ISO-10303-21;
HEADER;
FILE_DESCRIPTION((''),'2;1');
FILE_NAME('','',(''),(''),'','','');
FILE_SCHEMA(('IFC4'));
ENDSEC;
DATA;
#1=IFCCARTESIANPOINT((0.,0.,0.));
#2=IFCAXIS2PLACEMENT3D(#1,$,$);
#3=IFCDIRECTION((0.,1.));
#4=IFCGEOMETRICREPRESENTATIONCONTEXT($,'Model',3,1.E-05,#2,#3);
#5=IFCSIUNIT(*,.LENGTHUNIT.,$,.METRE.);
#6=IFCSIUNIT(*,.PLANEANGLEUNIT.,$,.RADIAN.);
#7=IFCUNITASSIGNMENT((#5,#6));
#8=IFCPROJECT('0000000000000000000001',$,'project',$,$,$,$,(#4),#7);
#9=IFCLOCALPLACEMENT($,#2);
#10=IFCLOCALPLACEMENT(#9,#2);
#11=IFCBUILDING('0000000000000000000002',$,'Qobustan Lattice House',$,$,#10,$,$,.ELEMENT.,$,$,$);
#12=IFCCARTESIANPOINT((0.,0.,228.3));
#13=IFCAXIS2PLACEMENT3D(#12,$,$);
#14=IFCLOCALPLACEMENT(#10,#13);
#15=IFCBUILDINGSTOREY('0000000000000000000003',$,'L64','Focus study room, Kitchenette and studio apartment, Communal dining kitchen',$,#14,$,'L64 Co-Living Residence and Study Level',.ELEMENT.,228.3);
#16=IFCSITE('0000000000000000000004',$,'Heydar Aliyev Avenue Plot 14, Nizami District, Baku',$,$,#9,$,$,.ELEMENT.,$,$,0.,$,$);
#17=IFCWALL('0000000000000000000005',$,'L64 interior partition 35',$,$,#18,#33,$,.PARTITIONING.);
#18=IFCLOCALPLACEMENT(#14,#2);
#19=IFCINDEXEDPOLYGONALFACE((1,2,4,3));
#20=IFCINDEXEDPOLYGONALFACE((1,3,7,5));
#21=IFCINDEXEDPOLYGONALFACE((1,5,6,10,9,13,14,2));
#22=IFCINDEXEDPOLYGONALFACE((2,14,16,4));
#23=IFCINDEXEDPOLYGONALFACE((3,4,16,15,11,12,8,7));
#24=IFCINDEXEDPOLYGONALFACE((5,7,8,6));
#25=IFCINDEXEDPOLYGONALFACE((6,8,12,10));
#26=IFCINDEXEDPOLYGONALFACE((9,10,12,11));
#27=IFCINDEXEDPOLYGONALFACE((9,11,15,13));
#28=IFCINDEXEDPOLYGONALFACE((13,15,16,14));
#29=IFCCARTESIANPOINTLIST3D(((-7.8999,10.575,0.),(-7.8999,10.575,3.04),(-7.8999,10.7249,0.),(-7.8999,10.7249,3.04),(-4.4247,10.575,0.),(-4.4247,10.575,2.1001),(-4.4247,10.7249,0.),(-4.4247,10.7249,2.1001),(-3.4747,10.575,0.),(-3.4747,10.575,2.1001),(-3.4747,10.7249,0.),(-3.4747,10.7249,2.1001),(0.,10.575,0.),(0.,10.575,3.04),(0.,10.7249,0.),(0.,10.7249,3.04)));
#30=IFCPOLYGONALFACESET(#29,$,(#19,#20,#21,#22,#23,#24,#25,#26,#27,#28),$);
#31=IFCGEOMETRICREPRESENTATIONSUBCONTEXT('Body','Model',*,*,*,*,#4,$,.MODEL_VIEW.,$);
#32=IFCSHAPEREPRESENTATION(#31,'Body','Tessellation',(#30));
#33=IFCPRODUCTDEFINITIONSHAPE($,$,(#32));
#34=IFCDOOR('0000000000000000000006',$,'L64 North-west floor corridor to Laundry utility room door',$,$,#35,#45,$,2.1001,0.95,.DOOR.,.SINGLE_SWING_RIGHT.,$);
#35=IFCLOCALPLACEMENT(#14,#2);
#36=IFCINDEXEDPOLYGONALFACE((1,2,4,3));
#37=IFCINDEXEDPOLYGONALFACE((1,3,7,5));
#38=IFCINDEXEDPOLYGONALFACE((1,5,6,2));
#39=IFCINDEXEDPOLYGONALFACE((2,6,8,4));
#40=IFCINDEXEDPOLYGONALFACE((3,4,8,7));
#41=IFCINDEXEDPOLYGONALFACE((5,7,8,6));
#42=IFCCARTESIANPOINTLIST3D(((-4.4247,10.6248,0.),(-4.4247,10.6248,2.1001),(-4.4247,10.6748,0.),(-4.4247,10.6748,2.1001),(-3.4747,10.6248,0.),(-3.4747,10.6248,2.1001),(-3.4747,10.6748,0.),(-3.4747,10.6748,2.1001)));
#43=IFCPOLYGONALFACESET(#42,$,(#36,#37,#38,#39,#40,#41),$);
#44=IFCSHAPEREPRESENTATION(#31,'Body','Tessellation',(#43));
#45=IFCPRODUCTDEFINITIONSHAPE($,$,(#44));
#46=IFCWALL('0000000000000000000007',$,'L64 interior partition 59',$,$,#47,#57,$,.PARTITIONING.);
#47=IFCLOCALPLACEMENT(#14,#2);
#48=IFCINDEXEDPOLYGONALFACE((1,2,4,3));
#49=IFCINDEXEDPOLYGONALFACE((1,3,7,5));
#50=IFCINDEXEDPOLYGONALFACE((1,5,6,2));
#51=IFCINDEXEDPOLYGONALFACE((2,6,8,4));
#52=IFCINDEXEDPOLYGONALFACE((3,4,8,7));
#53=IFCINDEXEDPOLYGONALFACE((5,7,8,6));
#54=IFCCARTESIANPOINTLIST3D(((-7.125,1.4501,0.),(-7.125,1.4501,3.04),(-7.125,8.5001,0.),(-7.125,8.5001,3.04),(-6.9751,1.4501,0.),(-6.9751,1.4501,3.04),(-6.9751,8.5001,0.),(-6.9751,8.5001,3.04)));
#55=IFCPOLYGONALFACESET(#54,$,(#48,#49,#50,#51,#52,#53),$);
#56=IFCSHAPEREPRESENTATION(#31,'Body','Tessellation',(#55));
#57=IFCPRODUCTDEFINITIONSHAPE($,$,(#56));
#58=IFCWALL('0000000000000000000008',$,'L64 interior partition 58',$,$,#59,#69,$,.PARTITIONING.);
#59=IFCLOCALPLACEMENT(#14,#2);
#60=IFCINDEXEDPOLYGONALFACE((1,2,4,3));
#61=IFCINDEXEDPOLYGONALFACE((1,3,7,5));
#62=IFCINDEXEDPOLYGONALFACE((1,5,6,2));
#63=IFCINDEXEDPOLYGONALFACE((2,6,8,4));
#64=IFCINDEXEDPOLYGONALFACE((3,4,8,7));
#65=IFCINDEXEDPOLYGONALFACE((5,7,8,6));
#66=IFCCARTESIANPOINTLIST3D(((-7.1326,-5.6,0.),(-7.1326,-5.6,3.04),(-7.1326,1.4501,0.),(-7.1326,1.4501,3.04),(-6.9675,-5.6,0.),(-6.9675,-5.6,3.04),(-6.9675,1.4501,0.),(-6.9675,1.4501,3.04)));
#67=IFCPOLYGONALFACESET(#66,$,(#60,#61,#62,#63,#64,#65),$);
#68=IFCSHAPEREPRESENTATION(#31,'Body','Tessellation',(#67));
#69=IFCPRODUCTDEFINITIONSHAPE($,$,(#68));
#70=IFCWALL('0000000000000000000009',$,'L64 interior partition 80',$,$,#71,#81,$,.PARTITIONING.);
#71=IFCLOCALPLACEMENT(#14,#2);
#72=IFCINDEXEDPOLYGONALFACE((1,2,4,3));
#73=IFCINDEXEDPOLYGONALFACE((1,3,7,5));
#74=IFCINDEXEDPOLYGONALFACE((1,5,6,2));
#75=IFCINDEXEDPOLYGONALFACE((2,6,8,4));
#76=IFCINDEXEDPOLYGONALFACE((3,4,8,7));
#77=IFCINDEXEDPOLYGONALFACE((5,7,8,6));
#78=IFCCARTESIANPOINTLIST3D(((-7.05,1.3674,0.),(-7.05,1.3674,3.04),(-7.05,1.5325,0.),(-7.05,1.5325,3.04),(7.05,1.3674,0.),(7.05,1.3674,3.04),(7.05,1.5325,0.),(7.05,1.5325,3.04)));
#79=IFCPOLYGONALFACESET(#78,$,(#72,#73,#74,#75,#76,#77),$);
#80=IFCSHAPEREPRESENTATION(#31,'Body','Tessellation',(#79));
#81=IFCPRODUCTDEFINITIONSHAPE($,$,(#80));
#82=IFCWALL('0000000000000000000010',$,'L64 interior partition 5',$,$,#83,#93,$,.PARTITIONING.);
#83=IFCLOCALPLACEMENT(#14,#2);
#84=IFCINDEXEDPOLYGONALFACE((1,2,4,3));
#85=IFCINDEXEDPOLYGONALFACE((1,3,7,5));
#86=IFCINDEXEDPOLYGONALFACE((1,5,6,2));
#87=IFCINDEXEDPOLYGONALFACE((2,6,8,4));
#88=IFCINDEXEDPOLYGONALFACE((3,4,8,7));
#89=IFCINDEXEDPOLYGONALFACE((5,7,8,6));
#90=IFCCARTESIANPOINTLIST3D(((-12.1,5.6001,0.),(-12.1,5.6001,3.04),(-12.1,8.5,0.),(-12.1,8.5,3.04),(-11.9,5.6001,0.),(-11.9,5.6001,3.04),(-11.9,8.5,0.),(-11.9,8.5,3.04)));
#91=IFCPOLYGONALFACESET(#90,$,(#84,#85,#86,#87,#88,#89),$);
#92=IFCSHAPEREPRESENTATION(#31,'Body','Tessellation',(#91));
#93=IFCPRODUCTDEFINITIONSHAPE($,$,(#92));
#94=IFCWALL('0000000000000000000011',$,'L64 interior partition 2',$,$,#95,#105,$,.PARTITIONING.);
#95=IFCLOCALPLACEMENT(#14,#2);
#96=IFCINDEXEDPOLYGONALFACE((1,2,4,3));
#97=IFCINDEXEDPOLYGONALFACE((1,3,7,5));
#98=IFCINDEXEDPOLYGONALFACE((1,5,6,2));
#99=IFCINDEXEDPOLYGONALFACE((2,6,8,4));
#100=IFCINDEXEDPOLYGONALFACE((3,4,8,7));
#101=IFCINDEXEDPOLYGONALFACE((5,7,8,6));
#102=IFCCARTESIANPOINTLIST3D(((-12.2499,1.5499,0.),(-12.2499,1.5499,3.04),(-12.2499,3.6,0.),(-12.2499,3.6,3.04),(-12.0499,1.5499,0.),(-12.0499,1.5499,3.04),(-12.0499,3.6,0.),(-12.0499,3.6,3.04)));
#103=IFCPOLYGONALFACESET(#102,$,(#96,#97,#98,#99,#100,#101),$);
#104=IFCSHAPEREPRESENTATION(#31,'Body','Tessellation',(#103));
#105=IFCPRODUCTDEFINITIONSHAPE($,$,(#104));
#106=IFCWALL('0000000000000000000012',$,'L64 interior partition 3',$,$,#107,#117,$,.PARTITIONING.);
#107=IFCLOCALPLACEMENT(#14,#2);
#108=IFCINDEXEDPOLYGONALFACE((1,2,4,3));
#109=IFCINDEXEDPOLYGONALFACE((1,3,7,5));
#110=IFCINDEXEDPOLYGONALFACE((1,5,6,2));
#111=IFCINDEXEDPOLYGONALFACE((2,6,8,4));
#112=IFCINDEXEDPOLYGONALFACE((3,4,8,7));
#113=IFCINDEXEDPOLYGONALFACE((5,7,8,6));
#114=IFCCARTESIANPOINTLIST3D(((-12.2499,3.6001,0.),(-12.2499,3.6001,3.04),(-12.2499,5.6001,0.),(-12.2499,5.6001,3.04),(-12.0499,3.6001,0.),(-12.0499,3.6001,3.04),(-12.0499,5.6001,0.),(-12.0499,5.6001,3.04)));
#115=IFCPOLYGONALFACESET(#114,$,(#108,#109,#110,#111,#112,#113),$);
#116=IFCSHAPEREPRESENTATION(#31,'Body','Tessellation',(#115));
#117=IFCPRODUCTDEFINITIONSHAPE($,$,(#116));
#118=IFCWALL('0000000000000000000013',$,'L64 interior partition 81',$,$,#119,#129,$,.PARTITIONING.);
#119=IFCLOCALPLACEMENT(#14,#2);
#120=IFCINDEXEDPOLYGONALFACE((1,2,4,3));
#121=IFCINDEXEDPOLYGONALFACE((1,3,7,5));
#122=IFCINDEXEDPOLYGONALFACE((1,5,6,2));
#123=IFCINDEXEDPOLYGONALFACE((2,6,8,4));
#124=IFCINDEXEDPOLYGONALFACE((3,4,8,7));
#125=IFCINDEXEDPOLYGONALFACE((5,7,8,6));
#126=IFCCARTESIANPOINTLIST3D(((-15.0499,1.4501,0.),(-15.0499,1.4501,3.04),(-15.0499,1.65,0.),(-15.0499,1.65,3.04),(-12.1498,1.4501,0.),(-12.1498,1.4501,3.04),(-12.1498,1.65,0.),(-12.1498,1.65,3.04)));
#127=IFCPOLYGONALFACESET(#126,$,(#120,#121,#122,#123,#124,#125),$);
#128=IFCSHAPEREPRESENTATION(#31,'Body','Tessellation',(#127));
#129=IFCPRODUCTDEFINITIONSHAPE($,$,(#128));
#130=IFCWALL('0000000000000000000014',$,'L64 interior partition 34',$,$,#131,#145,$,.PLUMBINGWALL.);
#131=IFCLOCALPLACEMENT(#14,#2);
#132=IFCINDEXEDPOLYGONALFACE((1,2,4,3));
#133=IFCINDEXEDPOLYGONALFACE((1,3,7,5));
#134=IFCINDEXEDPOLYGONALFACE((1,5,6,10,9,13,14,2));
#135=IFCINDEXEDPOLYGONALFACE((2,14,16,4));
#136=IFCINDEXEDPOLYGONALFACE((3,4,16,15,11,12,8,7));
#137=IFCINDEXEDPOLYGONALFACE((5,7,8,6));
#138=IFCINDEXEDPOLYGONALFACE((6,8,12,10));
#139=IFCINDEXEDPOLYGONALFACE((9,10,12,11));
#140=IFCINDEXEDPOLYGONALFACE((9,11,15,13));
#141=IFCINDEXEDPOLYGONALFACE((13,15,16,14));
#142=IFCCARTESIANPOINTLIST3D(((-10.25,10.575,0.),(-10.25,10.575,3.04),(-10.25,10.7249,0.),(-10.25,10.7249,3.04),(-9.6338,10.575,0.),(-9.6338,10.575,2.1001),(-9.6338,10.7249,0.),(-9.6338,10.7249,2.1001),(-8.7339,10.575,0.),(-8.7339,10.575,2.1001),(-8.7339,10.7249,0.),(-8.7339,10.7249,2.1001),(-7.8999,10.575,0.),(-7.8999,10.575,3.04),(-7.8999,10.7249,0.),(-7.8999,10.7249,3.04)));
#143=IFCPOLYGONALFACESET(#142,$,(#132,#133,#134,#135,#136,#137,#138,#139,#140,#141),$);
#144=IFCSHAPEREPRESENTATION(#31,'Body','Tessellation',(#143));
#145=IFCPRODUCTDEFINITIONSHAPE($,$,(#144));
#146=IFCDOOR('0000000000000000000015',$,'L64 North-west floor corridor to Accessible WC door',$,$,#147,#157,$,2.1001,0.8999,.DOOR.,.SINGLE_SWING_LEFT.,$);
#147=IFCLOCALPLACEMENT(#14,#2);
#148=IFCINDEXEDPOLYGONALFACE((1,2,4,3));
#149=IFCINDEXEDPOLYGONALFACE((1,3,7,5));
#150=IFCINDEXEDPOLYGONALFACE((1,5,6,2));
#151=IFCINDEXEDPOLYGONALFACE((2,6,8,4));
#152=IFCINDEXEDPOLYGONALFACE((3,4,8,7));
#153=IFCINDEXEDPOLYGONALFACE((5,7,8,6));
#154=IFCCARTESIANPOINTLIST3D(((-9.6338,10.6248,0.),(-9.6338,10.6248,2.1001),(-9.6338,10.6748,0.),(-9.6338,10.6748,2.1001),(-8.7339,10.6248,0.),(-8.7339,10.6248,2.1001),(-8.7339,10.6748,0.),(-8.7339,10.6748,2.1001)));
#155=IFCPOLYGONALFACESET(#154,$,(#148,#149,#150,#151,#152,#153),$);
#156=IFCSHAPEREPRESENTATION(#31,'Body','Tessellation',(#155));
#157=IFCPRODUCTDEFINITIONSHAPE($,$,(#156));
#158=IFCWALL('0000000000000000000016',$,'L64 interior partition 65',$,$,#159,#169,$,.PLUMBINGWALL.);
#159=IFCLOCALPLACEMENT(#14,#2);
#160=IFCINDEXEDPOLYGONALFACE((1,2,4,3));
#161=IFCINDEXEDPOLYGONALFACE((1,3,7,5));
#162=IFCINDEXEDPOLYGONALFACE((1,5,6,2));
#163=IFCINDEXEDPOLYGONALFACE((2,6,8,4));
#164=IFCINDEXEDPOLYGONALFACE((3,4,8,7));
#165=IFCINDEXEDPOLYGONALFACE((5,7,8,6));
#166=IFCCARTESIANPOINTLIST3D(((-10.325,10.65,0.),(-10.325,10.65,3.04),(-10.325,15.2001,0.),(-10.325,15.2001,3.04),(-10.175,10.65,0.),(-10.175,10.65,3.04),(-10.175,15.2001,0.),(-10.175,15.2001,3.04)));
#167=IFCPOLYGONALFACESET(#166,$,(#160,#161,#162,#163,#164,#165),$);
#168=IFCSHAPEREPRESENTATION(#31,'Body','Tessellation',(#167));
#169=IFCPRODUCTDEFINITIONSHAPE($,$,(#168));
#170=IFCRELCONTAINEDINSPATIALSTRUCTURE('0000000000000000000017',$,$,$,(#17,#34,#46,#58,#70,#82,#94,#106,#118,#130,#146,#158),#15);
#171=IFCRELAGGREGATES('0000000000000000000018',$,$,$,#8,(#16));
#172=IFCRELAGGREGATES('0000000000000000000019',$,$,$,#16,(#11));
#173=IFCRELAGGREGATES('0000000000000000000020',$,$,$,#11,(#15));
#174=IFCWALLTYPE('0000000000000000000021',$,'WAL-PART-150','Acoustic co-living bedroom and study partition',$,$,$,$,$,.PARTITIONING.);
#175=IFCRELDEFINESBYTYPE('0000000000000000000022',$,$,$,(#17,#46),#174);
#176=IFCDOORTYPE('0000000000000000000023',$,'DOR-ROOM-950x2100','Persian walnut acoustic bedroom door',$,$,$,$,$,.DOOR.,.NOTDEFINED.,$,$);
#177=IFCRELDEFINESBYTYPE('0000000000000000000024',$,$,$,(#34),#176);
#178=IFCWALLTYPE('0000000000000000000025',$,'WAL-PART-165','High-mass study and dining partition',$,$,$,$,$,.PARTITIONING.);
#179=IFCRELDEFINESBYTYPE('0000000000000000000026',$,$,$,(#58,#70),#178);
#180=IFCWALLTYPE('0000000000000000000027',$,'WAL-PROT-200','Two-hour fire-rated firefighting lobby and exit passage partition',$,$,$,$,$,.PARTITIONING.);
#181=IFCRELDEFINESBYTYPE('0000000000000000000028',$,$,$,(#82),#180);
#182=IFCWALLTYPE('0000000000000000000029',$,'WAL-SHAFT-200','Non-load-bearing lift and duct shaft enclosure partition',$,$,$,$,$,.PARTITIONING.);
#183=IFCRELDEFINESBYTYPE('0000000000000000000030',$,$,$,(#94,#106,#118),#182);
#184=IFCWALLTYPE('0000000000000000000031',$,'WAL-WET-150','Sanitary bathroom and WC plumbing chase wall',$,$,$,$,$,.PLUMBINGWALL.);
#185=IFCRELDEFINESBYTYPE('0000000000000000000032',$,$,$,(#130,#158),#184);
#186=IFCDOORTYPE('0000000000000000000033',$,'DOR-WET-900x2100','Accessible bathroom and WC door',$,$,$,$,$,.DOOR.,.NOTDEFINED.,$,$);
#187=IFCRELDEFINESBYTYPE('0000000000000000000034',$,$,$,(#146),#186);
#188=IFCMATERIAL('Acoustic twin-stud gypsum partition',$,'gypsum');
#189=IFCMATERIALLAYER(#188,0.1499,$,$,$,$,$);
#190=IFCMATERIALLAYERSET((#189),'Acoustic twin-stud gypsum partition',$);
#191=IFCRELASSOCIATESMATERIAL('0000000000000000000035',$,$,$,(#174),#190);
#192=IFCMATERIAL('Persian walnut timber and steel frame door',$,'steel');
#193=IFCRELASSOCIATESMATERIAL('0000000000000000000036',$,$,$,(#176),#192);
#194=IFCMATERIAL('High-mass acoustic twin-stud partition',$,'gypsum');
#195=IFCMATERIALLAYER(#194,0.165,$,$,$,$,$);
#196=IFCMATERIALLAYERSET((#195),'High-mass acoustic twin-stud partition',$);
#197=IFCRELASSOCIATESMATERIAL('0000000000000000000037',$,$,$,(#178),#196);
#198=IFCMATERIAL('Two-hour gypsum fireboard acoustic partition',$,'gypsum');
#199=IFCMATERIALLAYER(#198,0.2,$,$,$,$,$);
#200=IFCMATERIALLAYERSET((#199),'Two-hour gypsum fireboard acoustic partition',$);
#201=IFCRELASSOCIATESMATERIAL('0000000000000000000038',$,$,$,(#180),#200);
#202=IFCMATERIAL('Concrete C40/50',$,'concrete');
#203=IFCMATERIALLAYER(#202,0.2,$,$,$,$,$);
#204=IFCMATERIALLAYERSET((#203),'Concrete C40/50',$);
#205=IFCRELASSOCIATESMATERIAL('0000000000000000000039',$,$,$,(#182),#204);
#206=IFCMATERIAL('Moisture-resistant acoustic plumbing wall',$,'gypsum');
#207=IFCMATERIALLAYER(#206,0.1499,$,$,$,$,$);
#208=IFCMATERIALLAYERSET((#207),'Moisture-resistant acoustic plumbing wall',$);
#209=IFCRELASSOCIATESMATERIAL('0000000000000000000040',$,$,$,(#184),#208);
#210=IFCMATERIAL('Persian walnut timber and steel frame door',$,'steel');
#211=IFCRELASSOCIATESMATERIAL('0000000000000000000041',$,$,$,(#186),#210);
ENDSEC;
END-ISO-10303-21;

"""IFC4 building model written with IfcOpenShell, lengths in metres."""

from ifc_helpers import new_model, si_unit, direction, frame, frame_2d, origin, place, context, subcontext, project, spatial, rectangle, extrude, material, layer, layer_set, type_object, element, fill, save


model = new_model("IFC4")

# Units and contexts
model_context = context("Model", 3, precision=1e-05, world=origin(), true_north=direction((0.0, 1.0)))
body_context = subcontext(model_context, "Body", "Model", "MODEL_VIEW")
ifc_project = project(units=[si_unit("LENGTHUNIT", "METRE"), si_unit("PLANEANGLEUNIT", "RADIAN")], contexts=[model_context])

# Site, building, storey
site_placement = place(None, origin())
site = spatial("IfcSite", under=ifc_project, at=site_placement, Name="Heydar Aliyev Avenue Plot 14, Nizami District, Baku", CompositionType="ELEMENT", RefElevation=0.0)
building_placement = place(site_placement, origin())
building = spatial("IfcBuilding", under=site, at=building_placement, Name="Qobustan Lattice House", CompositionType="ELEMENT")
storey_placement = place(building_placement, frame((0.0, 0.0, 228.3)))
storey = spatial("IfcBuildingStorey", under=building, at=storey_placement, Name="L64", Description="Focus study room, Kitchenette and studio apartment, Communal dining kitchen", LongName="L64 Co-Living Residence and Study Level", CompositionType="ELEMENT", Elevation=228.3)

# Wall, opening, door
ifc_material_1 = material(Name="Acoustic twin-stud gypsum partition", Category="gypsum")
ifc_layer_1 = layer(ifc_material_1, 0.1499)
ifc_layer_set_1 = layer_set([ifc_layer_1], Name="Acoustic twin-stud gypsum partition")
wall_type_1 = type_object("IfcWallType", Name="WAL-PART-150", Description="Acoustic co-living bedroom and study partition", PredefinedType="PARTITIONING", material=ifc_layer_set_1)
wall_1_placement = place(storey_placement, frame((-7.8999, 10.6499, 0.0), z_axis=(0.0, 0.0, 1.0), x_axis=(1.0, 0.0, 0.0)))
wall_1 = element("IfcWall", 1, at=wall_1_placement, inside=storey, type_object=wall_type_1, Name="L64 interior partition 35", PredefinedType="PARTITIONING", context=body_context, shape_type="SweptSolid", body=[
    extrude(rectangle(XDim=7.8999, YDim=0.1499, at=frame_2d((3.95, 0.0))), origin(), (0.0, 0.0, 1.0), 3.04),
])
opening_1_placement = place(wall_1_placement, frame((3.4751, 0.0, 0.0)))
opening_1 = element("IfcOpeningElement", 2, at=opening_1_placement, cuts=wall_1, PredefinedType="OPENING", context=body_context, shape_type="SweptSolid", body=[
    extrude(rectangle(XDim=0.95, YDim=2.1001, at=frame_2d((0.4751, 1.05))), frame((0.0, 0.085, 0.0), z_axis=(0.0, -1.0, 0.0), x_axis=(1.0, 0.0, 0.0)), (0.0, 0.0, 1.0), 0.1699),
])
ifc_material_2 = material(Name="Persian walnut timber and steel frame door", Category="steel")
door_type_1 = type_object("IfcDoorType", Name="DOR-ROOM-950x2100", Description="Persian walnut acoustic bedroom door", OperationType="NOTDEFINED", PredefinedType="DOOR", material=ifc_material_2)
door_1_placement = place(opening_1_placement, origin())
door_1 = element("IfcDoor", 3, at=door_1_placement, inside=storey, type_object=door_type_1, Name="L64 North-west floor corridor to Laundry utility room door", OperationType="SINGLE_SWING_RIGHT", OverallHeight=2.1001, OverallWidth=0.95, PredefinedType="DOOR", context=body_context, shape_type="SweptSolid", body=[
    extrude(rectangle(XDim=0.95, YDim=2.1001, at=frame_2d((0.4751, 1.05))), frame((0.0, 0.0249, 0.0), z_axis=(0.0, -1.0, 0.0), x_axis=(1.0, 0.0, 0.0)), (0.0, 0.0, 1.0), 0.05),
])
fill(opening_1, door_1)

# Walls
wall_2_placement = place(storey_placement, frame((-7.05, 8.5, 0.0), z_axis=(0.0, 0.0, 1.0), x_axis=(0.0, -1.0, 0.0)))
element("IfcWall", 4, at=wall_2_placement, inside=storey, type_object=wall_type_1, Name="L64 interior partition 59", PredefinedType="PARTITIONING", context=body_context, shape_type="SweptSolid", body=[
    extrude(rectangle(XDim=7.05, YDim=0.1499, at=frame_2d((3.5249, 0.0))), origin(), (0.0, 0.0, 1.0), 3.04),
])
ifc_material_3 = material(Name="High-mass acoustic twin-stud partition", Category="gypsum")
ifc_layer_2 = layer(ifc_material_3, 0.165)
ifc_layer_set_2 = layer_set([ifc_layer_2], Name="High-mass acoustic twin-stud partition")
wall_type_2 = type_object("IfcWallType", Name="WAL-PART-165", Description="High-mass study and dining partition", PredefinedType="PARTITIONING", material=ifc_layer_set_2)
wall_3_placement = place(storey_placement, frame((-7.05, 1.45, 0.0), z_axis=(0.0, 0.0, 1.0), x_axis=(0.0, -1.0, 0.0)))
element("IfcWall", 5, at=wall_3_placement, inside=storey, type_object=wall_type_2, Name="L64 interior partition 58", PredefinedType="PARTITIONING", context=body_context, shape_type="SweptSolid", body=[
    extrude(rectangle(XDim=7.05, YDim=0.165, at=frame_2d((3.5249, 0.0))), origin(), (0.0, 0.0, 1.0), 3.04),
])
wall_4_placement = place(storey_placement, frame((-7.05, 1.45, 0.0), z_axis=(0.0, 0.0, 1.0), x_axis=(1.0, 0.0, 0.0)))
element("IfcWall", 6, at=wall_4_placement, inside=storey, type_object=wall_type_2, Name="L64 interior partition 80", PredefinedType="PARTITIONING", context=body_context, shape_type="SweptSolid", body=[
    extrude(rectangle(XDim=14.1001, YDim=0.165, at=frame_2d((7.05, 0.0))), origin(), (0.0, 0.0, 1.0), 3.04),
])

# Shared definitions
ifc_material_4 = material(Name="Two-hour gypsum fireboard acoustic partition", Category="gypsum")
ifc_layer_3 = layer(ifc_material_4, 0.2)
ifc_layer_set_3 = layer_set([ifc_layer_3], Name="Two-hour gypsum fireboard acoustic partition")
wall_type_3 = type_object("IfcWallType", Name="WAL-PROT-200", Description="Two-hour fire-rated firefighting lobby and exit passage partition", PredefinedType="PARTITIONING", material=ifc_layer_set_3)

# Walls
wall_5_placement = place(storey_placement, frame((-12.0, 5.6001, 0.0), z_axis=(0.0, 0.0, 1.0), x_axis=(0.0, 1.0, 0.0)))
element("IfcWall", 7, at=wall_5_placement, inside=storey, type_object=wall_type_3, Name="L64 interior partition 5", PredefinedType="PARTITIONING", context=body_context, shape_type="SweptSolid", body=[
    extrude(rectangle(XDim=2.8999, YDim=0.2, at=frame_2d((1.45, 0.0))), origin(), (0.0, 0.0, 1.0), 3.04),
])
ifc_material_5 = material(Name="Concrete C40/50", Category="concrete")
ifc_layer_4 = layer(ifc_material_5, 0.2)
ifc_layer_set_4 = layer_set([ifc_layer_4], Name="Concrete C40/50")
wall_type_4 = type_object("IfcWallType", Name="WAL-SHAFT-200", Description="Non-load-bearing lift and duct shaft enclosure partition", PredefinedType="PARTITIONING", material=ifc_layer_set_4)
wall_6_placement = place(storey_placement, frame((-12.1499, 1.55, 0.0), z_axis=(0.0, 0.0, 1.0), x_axis=(0.0, 1.0, 0.0)))
element("IfcWall", 8, at=wall_6_placement, inside=storey, type_object=wall_type_4, Name="L64 interior partition 2", PredefinedType="PARTITIONING", context=body_context, shape_type="SweptSolid", body=[
    extrude(rectangle(XDim=2.05, YDim=0.2, at=frame_2d((1.0249, 0.0))), origin(), (0.0, 0.0, 1.0), 3.04),
])
wall_7_placement = place(storey_placement, frame((-12.1499, 3.6001, 0.0), z_axis=(0.0, 0.0, 1.0), x_axis=(0.0, 1.0, 0.0)))
element("IfcWall", 9, at=wall_7_placement, inside=storey, type_object=wall_type_4, Name="L64 interior partition 3", PredefinedType="PARTITIONING", context=body_context, shape_type="SweptSolid", body=[
    extrude(rectangle(XDim=2.0, YDim=0.2, at=frame_2d((1.0, 0.0))), origin(), (0.0, 0.0, 1.0), 3.04),
])
wall_8_placement = place(storey_placement, frame((-15.05, 1.55, 0.0), z_axis=(0.0, 0.0, 1.0), x_axis=(1.0, 0.0, 0.0)))
element("IfcWall", 10, at=wall_8_placement, inside=storey, type_object=wall_type_4, Name="L64 interior partition 81", PredefinedType="PARTITIONING", context=body_context, shape_type="SweptSolid", body=[
    extrude(rectangle(XDim=2.9001, YDim=0.2, at=frame_2d((1.4502, 0.0))), origin(), (0.0, 0.0, 1.0), 3.04),
])

# Wall, opening, door
ifc_material_6 = material(Name="Moisture-resistant acoustic plumbing wall", Category="gypsum")
ifc_layer_5 = layer(ifc_material_6, 0.1499)
ifc_layer_set_5 = layer_set([ifc_layer_5], Name="Moisture-resistant acoustic plumbing wall")
wall_type_5 = type_object("IfcWallType", Name="WAL-WET-150", Description="Sanitary bathroom and WC plumbing chase wall", PredefinedType="PLUMBINGWALL", material=ifc_layer_set_5)
wall_9_placement = place(storey_placement, frame((-10.25, 10.6499, 0.0), z_axis=(0.0, 0.0, 1.0), x_axis=(1.0, 0.0, 0.0)))
wall_9 = element("IfcWall", 11, at=wall_9_placement, inside=storey, type_object=wall_type_5, Name="L64 interior partition 34", PredefinedType="PLUMBINGWALL", context=body_context, shape_type="SweptSolid", body=[
    extrude(rectangle(XDim=2.3501, YDim=0.1499, at=frame_2d((1.175, 0.0))), origin(), (0.0, 0.0, 1.0), 3.04),
])
opening_2_placement = place(wall_9_placement, frame((0.6162, 0.0, 0.0)))
opening_2 = element("IfcOpeningElement", 12, at=opening_2_placement, cuts=wall_9, PredefinedType="OPENING", context=body_context, shape_type="SweptSolid", body=[
    extrude(rectangle(XDim=0.8999, YDim=2.1001, at=frame_2d((0.45, 1.05))), frame((0.0, 0.085, 0.0), z_axis=(0.0, -1.0, 0.0), x_axis=(1.0, 0.0, 0.0)), (0.0, 0.0, 1.0), 0.1699),
])
ifc_material_7 = material(Name="Persian walnut timber and steel frame door", Category="steel")
door_type_2 = type_object("IfcDoorType", Name="DOR-WET-900x2100", Description="Accessible bathroom and WC door", OperationType="NOTDEFINED", PredefinedType="DOOR", material=ifc_material_7)
door_2_placement = place(opening_2_placement, origin())
door_2 = element("IfcDoor", 13, at=door_2_placement, inside=storey, type_object=door_type_2, Name="L64 North-west floor corridor to Accessible WC door", OperationType="SINGLE_SWING_LEFT", OverallHeight=2.1001, OverallWidth=0.8999, PredefinedType="DOOR", context=body_context, shape_type="SweptSolid", body=[
    extrude(rectangle(XDim=0.8999, YDim=2.1001, at=frame_2d((0.45, 1.05))), frame((0.0, 0.0249, 0.0), z_axis=(0.0, -1.0, 0.0), x_axis=(1.0, 0.0, 0.0)), (0.0, 0.0, 1.0), 0.05),
])
fill(opening_2, door_2)

# Wall
wall_10_placement = place(storey_placement, frame((-10.25, 15.2, 0.0), z_axis=(0.0, 0.0, 1.0), x_axis=(0.0, -1.0, 0.0)))
element("IfcWall", 14, at=wall_10_placement, inside=storey, type_object=wall_type_5, Name="L64 interior partition 65", PredefinedType="PLUMBINGWALL", context=body_context, shape_type="SweptSolid", body=[
    extrude(rectangle(XDim=4.55, YDim=0.1499, at=frame_2d((2.2749, 0.0))), origin(), (0.0, 0.0, 1.0), 3.04),
])

save(model, "model.ifc")
